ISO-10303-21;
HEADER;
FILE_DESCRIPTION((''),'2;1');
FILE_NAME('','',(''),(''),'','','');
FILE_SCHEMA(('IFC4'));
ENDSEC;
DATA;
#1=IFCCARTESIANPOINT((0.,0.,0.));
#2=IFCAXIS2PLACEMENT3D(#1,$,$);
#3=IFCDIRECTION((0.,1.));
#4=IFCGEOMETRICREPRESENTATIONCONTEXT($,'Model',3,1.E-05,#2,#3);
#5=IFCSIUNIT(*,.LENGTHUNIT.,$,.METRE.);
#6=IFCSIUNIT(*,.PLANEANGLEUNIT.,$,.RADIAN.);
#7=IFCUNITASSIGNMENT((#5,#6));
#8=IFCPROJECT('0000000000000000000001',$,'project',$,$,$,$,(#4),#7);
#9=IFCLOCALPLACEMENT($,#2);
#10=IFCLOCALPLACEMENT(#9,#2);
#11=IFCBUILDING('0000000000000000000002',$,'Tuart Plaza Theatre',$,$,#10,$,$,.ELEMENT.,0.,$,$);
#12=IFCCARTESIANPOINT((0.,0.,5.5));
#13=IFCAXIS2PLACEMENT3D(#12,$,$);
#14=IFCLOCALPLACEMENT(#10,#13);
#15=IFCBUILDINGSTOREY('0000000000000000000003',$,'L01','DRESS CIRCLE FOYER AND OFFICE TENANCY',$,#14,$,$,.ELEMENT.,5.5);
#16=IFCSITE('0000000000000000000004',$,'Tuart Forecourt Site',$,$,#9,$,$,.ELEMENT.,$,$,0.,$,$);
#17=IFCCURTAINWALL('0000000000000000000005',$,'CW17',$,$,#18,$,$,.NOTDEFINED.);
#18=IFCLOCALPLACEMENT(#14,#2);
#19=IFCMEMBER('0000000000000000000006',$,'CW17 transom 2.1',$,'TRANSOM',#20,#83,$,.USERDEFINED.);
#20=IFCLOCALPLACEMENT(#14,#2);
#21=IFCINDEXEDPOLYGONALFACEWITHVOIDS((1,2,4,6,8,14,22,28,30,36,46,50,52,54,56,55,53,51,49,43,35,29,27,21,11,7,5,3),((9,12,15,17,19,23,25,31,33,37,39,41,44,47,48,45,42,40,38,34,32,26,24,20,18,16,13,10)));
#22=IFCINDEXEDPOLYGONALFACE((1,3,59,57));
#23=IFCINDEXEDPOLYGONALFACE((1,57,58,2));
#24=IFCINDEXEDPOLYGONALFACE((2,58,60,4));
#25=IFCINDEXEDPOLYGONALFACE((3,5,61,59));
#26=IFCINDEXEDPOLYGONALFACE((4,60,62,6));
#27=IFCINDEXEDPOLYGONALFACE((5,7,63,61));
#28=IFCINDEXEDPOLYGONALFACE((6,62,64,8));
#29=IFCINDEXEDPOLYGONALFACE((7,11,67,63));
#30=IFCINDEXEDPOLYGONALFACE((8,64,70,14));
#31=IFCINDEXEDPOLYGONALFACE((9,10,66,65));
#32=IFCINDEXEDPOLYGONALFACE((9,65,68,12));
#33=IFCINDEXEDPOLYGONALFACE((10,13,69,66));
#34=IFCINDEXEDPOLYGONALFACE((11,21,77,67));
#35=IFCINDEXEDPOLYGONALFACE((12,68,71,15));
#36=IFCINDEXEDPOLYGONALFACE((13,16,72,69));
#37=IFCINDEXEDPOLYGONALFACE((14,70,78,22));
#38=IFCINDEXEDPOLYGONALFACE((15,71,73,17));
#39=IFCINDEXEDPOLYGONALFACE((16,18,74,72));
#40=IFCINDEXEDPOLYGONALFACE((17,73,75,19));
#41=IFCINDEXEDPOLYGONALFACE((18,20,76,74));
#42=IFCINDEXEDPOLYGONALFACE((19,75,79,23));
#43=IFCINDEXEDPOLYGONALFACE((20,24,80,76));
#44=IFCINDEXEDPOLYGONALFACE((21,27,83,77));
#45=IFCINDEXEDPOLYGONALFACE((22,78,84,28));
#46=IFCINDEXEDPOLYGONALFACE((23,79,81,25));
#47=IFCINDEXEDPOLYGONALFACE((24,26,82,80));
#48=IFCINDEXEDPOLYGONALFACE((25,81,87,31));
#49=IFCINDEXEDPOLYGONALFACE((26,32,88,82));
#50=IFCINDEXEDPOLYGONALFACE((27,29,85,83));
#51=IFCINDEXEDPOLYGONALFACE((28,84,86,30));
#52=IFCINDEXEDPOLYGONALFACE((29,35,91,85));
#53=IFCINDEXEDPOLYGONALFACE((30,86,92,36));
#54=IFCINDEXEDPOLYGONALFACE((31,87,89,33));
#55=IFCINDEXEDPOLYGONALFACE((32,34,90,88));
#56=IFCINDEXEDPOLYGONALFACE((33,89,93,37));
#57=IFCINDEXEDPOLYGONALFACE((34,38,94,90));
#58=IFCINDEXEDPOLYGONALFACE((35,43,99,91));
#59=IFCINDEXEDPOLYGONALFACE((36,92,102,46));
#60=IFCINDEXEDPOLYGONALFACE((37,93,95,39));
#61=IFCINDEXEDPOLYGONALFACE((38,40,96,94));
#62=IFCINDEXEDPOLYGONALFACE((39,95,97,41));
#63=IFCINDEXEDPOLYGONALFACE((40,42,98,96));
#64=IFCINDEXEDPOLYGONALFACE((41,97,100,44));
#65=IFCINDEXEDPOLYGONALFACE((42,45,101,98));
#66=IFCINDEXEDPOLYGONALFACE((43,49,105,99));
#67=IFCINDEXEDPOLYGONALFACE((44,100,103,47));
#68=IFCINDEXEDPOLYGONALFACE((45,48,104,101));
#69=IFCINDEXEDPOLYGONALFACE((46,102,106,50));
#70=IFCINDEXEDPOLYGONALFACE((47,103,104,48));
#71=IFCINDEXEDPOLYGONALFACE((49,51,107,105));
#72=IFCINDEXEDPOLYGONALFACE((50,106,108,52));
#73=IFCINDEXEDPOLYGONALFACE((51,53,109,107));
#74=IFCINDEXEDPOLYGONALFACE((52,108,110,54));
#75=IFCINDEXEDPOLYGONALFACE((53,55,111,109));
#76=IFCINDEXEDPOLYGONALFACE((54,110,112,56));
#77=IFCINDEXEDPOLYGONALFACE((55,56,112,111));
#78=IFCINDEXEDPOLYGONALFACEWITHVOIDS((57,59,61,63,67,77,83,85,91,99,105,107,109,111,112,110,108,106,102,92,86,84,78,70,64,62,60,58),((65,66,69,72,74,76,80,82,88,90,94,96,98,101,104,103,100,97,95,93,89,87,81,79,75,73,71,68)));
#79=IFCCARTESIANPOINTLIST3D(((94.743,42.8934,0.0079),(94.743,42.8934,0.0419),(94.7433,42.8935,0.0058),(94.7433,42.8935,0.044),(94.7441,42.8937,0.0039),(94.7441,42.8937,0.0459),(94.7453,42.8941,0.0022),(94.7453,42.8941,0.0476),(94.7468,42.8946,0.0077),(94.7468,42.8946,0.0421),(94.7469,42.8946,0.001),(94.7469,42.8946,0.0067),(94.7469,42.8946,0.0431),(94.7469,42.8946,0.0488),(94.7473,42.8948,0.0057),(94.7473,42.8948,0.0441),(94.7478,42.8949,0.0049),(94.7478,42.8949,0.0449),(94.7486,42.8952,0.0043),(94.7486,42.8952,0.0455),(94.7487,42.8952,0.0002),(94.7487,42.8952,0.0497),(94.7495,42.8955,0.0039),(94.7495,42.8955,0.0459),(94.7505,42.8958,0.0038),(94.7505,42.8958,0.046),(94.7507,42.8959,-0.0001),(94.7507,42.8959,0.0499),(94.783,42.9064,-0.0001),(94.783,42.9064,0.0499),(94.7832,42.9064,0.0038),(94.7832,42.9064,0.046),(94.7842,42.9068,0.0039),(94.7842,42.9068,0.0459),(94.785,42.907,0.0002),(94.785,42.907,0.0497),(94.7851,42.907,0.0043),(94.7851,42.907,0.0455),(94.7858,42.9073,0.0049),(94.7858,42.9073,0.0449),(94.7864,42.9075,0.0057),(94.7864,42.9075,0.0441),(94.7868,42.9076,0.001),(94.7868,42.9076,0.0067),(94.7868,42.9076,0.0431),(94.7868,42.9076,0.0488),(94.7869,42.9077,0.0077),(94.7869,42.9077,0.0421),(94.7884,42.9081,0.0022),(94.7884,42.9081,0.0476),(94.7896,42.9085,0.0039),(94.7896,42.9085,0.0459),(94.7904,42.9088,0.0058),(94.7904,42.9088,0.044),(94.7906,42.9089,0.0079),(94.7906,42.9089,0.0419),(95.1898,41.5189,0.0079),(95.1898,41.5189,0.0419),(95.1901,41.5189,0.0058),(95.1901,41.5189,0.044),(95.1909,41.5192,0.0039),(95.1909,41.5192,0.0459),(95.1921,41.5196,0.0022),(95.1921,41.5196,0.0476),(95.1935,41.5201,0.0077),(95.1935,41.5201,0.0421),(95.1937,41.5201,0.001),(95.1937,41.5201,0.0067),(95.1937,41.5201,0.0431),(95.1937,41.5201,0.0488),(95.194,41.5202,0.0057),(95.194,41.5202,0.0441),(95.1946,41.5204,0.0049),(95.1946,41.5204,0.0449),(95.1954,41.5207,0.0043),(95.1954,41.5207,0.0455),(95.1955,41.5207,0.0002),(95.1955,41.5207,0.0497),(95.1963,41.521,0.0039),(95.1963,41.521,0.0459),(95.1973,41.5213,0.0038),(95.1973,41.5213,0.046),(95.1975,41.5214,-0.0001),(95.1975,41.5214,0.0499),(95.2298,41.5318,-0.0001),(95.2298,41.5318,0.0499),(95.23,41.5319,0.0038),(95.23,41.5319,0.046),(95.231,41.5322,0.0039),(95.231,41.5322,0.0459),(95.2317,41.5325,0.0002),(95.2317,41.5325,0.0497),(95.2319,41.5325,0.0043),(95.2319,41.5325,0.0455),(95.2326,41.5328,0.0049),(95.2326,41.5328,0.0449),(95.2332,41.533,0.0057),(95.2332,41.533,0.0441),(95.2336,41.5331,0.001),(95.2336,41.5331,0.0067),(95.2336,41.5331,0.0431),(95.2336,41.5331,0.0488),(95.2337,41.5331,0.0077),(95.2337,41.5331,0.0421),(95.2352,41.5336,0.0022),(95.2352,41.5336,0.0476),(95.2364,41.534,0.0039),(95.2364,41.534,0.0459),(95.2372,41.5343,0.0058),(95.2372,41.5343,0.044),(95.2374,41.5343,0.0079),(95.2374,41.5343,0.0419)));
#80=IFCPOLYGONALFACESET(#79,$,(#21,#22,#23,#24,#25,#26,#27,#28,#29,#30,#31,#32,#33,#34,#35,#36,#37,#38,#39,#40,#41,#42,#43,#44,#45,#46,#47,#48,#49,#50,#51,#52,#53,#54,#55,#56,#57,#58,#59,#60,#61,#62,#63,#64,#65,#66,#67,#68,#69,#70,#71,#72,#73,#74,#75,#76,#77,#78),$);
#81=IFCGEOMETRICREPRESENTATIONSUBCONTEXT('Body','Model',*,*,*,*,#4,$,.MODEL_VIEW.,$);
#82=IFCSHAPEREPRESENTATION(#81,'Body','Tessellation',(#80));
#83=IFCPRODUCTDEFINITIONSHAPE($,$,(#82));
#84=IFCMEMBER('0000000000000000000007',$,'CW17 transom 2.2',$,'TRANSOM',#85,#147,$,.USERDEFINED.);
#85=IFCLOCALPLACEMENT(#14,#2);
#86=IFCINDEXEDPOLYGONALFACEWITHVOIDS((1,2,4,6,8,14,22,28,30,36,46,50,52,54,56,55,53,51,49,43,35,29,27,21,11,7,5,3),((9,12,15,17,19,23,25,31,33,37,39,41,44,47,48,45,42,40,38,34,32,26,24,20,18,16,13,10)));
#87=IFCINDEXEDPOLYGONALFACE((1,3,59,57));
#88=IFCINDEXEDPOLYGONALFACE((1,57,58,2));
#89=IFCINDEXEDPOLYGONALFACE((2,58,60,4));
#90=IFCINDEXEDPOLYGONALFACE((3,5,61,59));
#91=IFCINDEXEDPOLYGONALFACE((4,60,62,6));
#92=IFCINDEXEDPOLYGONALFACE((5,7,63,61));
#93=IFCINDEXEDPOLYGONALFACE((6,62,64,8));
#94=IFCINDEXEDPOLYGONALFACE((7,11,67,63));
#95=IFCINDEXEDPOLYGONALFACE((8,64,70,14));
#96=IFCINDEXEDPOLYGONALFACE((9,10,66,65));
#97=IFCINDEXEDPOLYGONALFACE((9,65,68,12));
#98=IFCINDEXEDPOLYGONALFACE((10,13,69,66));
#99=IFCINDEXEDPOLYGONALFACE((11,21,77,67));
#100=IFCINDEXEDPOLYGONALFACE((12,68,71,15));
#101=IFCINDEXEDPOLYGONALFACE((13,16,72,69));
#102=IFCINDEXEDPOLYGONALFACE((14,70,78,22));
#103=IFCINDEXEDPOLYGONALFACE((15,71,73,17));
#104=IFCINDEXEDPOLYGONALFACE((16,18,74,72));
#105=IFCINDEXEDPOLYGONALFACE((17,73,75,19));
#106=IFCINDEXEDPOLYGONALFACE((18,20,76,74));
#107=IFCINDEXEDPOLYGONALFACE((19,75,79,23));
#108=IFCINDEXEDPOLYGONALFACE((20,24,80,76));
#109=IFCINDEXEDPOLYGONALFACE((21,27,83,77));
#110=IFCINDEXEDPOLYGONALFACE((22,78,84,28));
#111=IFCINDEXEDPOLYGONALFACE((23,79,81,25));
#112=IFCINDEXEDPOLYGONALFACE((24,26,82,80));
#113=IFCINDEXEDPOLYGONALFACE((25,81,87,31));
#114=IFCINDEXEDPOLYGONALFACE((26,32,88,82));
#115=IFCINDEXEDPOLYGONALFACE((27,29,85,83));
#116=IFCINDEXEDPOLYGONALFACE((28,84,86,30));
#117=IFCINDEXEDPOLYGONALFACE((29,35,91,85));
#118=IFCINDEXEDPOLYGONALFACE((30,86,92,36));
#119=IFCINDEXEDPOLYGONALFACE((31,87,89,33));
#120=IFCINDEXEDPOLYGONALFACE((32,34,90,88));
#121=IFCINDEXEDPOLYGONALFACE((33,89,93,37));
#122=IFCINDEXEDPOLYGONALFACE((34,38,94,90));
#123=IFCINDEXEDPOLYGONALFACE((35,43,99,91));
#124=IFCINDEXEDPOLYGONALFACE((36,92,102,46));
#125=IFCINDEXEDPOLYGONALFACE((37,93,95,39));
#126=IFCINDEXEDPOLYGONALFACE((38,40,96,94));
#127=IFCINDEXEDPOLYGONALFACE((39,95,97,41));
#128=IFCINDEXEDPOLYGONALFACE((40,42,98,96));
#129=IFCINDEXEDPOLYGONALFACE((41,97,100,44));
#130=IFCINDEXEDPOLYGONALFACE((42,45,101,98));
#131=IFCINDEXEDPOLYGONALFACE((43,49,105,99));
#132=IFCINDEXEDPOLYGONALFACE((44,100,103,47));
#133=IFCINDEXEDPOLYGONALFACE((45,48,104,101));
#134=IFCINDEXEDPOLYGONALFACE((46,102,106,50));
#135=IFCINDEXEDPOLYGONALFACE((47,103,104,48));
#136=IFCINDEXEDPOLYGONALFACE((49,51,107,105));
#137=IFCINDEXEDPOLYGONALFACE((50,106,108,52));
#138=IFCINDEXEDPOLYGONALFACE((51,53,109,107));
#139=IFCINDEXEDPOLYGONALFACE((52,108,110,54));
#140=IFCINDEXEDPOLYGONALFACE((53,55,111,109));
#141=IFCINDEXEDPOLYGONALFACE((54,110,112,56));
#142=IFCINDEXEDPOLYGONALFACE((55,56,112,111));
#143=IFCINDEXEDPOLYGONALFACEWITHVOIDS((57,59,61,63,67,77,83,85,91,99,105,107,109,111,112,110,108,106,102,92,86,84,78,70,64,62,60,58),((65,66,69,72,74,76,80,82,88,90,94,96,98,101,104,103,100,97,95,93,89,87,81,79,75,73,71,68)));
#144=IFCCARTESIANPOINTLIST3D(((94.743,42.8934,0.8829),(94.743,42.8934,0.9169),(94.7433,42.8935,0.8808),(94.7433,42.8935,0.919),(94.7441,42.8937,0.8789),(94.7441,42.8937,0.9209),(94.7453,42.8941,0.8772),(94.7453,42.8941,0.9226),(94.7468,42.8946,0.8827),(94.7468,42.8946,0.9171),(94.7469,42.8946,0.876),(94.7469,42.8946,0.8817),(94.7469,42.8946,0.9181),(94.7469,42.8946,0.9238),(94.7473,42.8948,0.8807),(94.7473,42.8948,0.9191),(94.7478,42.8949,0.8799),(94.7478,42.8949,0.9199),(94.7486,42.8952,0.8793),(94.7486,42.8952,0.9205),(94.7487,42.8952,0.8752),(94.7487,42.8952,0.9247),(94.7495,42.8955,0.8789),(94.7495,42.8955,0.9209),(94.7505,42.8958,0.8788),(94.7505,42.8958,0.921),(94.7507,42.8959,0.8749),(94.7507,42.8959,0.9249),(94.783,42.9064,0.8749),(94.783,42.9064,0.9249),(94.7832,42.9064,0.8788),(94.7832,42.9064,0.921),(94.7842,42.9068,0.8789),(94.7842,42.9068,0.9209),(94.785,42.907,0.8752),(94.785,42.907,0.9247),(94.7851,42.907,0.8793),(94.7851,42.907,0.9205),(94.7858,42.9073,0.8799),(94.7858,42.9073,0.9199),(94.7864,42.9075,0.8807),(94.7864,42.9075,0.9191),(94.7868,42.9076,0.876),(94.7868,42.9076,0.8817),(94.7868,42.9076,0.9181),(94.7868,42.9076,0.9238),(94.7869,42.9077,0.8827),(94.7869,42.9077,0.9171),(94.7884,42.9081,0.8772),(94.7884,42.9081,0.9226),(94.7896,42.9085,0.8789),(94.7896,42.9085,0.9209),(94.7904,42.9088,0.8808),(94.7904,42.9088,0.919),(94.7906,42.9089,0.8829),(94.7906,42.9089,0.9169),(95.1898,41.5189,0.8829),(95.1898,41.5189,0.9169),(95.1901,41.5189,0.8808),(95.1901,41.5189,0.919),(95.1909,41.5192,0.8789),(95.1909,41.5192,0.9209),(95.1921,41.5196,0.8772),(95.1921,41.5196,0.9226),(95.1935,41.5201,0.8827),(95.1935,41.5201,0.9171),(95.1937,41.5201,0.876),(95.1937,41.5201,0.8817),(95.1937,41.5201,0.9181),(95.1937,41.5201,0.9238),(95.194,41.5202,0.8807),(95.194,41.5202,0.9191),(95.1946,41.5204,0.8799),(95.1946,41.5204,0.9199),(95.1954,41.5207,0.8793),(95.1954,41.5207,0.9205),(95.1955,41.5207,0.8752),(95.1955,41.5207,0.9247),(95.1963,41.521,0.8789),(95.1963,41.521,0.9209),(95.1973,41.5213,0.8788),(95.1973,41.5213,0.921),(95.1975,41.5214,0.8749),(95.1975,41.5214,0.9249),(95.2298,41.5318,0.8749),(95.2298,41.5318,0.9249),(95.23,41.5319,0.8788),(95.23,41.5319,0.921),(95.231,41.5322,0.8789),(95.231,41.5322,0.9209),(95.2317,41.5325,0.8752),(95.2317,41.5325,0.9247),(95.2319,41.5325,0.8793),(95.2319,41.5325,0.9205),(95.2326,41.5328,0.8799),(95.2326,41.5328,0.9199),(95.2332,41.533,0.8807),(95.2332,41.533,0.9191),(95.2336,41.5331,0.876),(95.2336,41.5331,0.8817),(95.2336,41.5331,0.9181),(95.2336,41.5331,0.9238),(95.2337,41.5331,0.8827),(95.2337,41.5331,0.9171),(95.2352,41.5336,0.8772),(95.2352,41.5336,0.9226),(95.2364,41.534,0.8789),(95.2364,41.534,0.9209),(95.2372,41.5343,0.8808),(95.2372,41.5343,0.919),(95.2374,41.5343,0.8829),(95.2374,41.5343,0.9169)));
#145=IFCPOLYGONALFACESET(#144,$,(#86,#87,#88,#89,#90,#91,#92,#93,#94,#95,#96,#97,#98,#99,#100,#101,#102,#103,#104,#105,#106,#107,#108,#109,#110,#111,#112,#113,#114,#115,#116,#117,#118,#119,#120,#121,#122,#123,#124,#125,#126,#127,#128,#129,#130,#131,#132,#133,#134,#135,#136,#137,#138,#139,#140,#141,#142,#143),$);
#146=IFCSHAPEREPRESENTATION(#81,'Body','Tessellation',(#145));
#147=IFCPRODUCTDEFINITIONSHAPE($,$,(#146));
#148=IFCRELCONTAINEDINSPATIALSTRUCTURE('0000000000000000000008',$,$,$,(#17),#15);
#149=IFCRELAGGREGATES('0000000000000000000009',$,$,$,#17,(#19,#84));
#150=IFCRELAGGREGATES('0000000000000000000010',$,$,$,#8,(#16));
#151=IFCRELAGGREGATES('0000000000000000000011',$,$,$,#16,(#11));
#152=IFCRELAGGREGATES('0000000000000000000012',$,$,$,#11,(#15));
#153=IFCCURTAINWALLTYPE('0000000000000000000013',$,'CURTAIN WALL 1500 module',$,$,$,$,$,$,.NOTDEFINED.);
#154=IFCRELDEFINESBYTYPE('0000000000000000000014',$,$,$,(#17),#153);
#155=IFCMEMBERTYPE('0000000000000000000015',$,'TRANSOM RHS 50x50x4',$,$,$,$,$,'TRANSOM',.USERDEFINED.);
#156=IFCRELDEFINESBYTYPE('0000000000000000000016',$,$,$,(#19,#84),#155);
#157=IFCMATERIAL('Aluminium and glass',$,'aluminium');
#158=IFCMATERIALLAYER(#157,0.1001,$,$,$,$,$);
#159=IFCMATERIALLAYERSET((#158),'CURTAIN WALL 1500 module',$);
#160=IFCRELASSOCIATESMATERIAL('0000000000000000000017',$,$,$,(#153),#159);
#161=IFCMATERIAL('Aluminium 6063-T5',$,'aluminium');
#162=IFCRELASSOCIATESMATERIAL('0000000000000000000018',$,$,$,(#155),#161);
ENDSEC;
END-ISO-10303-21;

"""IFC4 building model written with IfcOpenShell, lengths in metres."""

from ifc_helpers import new_model, si_unit, direction, frame, origin, origin_2d, place, context, subcontext, project, spatial, hollow_rectangle, extrude, material, layer, layer_set, material_profile, profile_set, type_object, element, aggregate, save


model = new_model("IFC4")

# Units and contexts
model_context = context("Model", 3, precision=1e-05, world=origin(), true_north=direction((0.0, 1.0)))
body_context = subcontext(model_context, "Body", "Model", "MODEL_VIEW")
ifc_project = project(units=[si_unit("LENGTHUNIT", "METRE"), si_unit("PLANEANGLEUNIT", "RADIAN")], contexts=[model_context])

# Site, building, storey
site_placement = place(None, origin())
site = spatial("IfcSite", under=ifc_project, at=site_placement, Name="Tuart Forecourt Site", CompositionType="ELEMENT", RefElevation=0.0)
building_placement = place(site_placement, origin())
building = spatial("IfcBuilding", under=site, at=building_placement, Name="Tuart Plaza Theatre", CompositionType="ELEMENT", ElevationOfRefHeight=0.0)
storey_placement = place(building_placement, frame((0.0, 0.0, 5.5)))
storey = spatial("IfcBuildingStorey", under=building, at=storey_placement, Name="L01", Description="DRESS CIRCLE FOYER AND OFFICE TENANCY", CompositionType="ELEMENT", Elevation=5.5)

# Shared definitions
ifc_material_1 = material(Name="Aluminium and glass", Category="aluminium")
ifc_layer_1 = layer(ifc_material_1, 0.1001)
ifc_layer_set_1 = layer_set([ifc_layer_1], Name="CURTAIN WALL 1500 module")
curtain_wall_type = type_object("IfcCurtainWallType", Name="CURTAIN WALL 1500 module", PredefinedType="NOTDEFINED", material=ifc_layer_set_1)

# Curtain wall
curtain_wall_1_placement = place(storey_placement, origin())
curtain_wall_1 = element("IfcCurtainWall", 1, at=curtain_wall_1_placement, inside=storey, type_object=curtain_wall_type, Name="CW17", PredefinedType="NOTDEFINED")

# Members
ifc_material_2 = material(Name="Aluminium 6063-T5", Category="aluminium")
ifc_material_profile_1 = material_profile(ifc_material_2, hollow_rectangle(XDim=0.05, YDim=0.05, WallThickness=0.0039, InnerFilletRadius=0.0039, OuterFilletRadius=0.0081, at=origin_2d()), Name="RHS 50x50x4")
ifc_profile_set_1 = profile_set([ifc_material_profile_1], Name="Aluminium 6063-T5")
member_type_1 = type_object("IfcMemberType", Name="TRANSOM RHS 50x50x4", ElementType="TRANSOM", PredefinedType="USERDEFINED", material=ifc_profile_set_1)
member_1_placement = place(storey_placement, frame((94.7668, 42.9011, 0.0249), z_axis=(0.309124, -0.951022, 0.0), x_axis=(0.951022, 0.309124, 0.0)))
member_1 = element("IfcMember", 2, at=member_1_placement, type_object=member_type_1, Name="CW17 transom 2.1", ObjectType="TRANSOM", PredefinedType="USERDEFINED", context=body_context, shape_type="SweptSolid", body=[
    extrude(hollow_rectangle(XDim=0.05, YDim=0.05, WallThickness=0.0039, InnerFilletRadius=0.0039, OuterFilletRadius=0.0081, at=origin_2d()), origin(), (0.0, 0.0, 1.0), 1.4453),
])
member_2_placement = place(storey_placement, frame((94.7668, 42.9011, 0.8999), z_axis=(0.309124, -0.951022, 0.0), x_axis=(0.951022, 0.309124, 0.0)))
member_2 = element("IfcMember", 3, at=member_2_placement, type_object=member_type_1, Name="CW17 transom 2.2", ObjectType="TRANSOM", PredefinedType="USERDEFINED", context=body_context, shape_type="SweptSolid", body=[
    extrude(hollow_rectangle(XDim=0.05, YDim=0.05, WallThickness=0.0039, InnerFilletRadius=0.0039, OuterFilletRadius=0.0081, at=origin_2d()), origin(), (0.0, 0.0, 1.0), 1.4453),
])

aggregate(curtain_wall_1, [member_1, member_2])

save(model, "model.ifc")
